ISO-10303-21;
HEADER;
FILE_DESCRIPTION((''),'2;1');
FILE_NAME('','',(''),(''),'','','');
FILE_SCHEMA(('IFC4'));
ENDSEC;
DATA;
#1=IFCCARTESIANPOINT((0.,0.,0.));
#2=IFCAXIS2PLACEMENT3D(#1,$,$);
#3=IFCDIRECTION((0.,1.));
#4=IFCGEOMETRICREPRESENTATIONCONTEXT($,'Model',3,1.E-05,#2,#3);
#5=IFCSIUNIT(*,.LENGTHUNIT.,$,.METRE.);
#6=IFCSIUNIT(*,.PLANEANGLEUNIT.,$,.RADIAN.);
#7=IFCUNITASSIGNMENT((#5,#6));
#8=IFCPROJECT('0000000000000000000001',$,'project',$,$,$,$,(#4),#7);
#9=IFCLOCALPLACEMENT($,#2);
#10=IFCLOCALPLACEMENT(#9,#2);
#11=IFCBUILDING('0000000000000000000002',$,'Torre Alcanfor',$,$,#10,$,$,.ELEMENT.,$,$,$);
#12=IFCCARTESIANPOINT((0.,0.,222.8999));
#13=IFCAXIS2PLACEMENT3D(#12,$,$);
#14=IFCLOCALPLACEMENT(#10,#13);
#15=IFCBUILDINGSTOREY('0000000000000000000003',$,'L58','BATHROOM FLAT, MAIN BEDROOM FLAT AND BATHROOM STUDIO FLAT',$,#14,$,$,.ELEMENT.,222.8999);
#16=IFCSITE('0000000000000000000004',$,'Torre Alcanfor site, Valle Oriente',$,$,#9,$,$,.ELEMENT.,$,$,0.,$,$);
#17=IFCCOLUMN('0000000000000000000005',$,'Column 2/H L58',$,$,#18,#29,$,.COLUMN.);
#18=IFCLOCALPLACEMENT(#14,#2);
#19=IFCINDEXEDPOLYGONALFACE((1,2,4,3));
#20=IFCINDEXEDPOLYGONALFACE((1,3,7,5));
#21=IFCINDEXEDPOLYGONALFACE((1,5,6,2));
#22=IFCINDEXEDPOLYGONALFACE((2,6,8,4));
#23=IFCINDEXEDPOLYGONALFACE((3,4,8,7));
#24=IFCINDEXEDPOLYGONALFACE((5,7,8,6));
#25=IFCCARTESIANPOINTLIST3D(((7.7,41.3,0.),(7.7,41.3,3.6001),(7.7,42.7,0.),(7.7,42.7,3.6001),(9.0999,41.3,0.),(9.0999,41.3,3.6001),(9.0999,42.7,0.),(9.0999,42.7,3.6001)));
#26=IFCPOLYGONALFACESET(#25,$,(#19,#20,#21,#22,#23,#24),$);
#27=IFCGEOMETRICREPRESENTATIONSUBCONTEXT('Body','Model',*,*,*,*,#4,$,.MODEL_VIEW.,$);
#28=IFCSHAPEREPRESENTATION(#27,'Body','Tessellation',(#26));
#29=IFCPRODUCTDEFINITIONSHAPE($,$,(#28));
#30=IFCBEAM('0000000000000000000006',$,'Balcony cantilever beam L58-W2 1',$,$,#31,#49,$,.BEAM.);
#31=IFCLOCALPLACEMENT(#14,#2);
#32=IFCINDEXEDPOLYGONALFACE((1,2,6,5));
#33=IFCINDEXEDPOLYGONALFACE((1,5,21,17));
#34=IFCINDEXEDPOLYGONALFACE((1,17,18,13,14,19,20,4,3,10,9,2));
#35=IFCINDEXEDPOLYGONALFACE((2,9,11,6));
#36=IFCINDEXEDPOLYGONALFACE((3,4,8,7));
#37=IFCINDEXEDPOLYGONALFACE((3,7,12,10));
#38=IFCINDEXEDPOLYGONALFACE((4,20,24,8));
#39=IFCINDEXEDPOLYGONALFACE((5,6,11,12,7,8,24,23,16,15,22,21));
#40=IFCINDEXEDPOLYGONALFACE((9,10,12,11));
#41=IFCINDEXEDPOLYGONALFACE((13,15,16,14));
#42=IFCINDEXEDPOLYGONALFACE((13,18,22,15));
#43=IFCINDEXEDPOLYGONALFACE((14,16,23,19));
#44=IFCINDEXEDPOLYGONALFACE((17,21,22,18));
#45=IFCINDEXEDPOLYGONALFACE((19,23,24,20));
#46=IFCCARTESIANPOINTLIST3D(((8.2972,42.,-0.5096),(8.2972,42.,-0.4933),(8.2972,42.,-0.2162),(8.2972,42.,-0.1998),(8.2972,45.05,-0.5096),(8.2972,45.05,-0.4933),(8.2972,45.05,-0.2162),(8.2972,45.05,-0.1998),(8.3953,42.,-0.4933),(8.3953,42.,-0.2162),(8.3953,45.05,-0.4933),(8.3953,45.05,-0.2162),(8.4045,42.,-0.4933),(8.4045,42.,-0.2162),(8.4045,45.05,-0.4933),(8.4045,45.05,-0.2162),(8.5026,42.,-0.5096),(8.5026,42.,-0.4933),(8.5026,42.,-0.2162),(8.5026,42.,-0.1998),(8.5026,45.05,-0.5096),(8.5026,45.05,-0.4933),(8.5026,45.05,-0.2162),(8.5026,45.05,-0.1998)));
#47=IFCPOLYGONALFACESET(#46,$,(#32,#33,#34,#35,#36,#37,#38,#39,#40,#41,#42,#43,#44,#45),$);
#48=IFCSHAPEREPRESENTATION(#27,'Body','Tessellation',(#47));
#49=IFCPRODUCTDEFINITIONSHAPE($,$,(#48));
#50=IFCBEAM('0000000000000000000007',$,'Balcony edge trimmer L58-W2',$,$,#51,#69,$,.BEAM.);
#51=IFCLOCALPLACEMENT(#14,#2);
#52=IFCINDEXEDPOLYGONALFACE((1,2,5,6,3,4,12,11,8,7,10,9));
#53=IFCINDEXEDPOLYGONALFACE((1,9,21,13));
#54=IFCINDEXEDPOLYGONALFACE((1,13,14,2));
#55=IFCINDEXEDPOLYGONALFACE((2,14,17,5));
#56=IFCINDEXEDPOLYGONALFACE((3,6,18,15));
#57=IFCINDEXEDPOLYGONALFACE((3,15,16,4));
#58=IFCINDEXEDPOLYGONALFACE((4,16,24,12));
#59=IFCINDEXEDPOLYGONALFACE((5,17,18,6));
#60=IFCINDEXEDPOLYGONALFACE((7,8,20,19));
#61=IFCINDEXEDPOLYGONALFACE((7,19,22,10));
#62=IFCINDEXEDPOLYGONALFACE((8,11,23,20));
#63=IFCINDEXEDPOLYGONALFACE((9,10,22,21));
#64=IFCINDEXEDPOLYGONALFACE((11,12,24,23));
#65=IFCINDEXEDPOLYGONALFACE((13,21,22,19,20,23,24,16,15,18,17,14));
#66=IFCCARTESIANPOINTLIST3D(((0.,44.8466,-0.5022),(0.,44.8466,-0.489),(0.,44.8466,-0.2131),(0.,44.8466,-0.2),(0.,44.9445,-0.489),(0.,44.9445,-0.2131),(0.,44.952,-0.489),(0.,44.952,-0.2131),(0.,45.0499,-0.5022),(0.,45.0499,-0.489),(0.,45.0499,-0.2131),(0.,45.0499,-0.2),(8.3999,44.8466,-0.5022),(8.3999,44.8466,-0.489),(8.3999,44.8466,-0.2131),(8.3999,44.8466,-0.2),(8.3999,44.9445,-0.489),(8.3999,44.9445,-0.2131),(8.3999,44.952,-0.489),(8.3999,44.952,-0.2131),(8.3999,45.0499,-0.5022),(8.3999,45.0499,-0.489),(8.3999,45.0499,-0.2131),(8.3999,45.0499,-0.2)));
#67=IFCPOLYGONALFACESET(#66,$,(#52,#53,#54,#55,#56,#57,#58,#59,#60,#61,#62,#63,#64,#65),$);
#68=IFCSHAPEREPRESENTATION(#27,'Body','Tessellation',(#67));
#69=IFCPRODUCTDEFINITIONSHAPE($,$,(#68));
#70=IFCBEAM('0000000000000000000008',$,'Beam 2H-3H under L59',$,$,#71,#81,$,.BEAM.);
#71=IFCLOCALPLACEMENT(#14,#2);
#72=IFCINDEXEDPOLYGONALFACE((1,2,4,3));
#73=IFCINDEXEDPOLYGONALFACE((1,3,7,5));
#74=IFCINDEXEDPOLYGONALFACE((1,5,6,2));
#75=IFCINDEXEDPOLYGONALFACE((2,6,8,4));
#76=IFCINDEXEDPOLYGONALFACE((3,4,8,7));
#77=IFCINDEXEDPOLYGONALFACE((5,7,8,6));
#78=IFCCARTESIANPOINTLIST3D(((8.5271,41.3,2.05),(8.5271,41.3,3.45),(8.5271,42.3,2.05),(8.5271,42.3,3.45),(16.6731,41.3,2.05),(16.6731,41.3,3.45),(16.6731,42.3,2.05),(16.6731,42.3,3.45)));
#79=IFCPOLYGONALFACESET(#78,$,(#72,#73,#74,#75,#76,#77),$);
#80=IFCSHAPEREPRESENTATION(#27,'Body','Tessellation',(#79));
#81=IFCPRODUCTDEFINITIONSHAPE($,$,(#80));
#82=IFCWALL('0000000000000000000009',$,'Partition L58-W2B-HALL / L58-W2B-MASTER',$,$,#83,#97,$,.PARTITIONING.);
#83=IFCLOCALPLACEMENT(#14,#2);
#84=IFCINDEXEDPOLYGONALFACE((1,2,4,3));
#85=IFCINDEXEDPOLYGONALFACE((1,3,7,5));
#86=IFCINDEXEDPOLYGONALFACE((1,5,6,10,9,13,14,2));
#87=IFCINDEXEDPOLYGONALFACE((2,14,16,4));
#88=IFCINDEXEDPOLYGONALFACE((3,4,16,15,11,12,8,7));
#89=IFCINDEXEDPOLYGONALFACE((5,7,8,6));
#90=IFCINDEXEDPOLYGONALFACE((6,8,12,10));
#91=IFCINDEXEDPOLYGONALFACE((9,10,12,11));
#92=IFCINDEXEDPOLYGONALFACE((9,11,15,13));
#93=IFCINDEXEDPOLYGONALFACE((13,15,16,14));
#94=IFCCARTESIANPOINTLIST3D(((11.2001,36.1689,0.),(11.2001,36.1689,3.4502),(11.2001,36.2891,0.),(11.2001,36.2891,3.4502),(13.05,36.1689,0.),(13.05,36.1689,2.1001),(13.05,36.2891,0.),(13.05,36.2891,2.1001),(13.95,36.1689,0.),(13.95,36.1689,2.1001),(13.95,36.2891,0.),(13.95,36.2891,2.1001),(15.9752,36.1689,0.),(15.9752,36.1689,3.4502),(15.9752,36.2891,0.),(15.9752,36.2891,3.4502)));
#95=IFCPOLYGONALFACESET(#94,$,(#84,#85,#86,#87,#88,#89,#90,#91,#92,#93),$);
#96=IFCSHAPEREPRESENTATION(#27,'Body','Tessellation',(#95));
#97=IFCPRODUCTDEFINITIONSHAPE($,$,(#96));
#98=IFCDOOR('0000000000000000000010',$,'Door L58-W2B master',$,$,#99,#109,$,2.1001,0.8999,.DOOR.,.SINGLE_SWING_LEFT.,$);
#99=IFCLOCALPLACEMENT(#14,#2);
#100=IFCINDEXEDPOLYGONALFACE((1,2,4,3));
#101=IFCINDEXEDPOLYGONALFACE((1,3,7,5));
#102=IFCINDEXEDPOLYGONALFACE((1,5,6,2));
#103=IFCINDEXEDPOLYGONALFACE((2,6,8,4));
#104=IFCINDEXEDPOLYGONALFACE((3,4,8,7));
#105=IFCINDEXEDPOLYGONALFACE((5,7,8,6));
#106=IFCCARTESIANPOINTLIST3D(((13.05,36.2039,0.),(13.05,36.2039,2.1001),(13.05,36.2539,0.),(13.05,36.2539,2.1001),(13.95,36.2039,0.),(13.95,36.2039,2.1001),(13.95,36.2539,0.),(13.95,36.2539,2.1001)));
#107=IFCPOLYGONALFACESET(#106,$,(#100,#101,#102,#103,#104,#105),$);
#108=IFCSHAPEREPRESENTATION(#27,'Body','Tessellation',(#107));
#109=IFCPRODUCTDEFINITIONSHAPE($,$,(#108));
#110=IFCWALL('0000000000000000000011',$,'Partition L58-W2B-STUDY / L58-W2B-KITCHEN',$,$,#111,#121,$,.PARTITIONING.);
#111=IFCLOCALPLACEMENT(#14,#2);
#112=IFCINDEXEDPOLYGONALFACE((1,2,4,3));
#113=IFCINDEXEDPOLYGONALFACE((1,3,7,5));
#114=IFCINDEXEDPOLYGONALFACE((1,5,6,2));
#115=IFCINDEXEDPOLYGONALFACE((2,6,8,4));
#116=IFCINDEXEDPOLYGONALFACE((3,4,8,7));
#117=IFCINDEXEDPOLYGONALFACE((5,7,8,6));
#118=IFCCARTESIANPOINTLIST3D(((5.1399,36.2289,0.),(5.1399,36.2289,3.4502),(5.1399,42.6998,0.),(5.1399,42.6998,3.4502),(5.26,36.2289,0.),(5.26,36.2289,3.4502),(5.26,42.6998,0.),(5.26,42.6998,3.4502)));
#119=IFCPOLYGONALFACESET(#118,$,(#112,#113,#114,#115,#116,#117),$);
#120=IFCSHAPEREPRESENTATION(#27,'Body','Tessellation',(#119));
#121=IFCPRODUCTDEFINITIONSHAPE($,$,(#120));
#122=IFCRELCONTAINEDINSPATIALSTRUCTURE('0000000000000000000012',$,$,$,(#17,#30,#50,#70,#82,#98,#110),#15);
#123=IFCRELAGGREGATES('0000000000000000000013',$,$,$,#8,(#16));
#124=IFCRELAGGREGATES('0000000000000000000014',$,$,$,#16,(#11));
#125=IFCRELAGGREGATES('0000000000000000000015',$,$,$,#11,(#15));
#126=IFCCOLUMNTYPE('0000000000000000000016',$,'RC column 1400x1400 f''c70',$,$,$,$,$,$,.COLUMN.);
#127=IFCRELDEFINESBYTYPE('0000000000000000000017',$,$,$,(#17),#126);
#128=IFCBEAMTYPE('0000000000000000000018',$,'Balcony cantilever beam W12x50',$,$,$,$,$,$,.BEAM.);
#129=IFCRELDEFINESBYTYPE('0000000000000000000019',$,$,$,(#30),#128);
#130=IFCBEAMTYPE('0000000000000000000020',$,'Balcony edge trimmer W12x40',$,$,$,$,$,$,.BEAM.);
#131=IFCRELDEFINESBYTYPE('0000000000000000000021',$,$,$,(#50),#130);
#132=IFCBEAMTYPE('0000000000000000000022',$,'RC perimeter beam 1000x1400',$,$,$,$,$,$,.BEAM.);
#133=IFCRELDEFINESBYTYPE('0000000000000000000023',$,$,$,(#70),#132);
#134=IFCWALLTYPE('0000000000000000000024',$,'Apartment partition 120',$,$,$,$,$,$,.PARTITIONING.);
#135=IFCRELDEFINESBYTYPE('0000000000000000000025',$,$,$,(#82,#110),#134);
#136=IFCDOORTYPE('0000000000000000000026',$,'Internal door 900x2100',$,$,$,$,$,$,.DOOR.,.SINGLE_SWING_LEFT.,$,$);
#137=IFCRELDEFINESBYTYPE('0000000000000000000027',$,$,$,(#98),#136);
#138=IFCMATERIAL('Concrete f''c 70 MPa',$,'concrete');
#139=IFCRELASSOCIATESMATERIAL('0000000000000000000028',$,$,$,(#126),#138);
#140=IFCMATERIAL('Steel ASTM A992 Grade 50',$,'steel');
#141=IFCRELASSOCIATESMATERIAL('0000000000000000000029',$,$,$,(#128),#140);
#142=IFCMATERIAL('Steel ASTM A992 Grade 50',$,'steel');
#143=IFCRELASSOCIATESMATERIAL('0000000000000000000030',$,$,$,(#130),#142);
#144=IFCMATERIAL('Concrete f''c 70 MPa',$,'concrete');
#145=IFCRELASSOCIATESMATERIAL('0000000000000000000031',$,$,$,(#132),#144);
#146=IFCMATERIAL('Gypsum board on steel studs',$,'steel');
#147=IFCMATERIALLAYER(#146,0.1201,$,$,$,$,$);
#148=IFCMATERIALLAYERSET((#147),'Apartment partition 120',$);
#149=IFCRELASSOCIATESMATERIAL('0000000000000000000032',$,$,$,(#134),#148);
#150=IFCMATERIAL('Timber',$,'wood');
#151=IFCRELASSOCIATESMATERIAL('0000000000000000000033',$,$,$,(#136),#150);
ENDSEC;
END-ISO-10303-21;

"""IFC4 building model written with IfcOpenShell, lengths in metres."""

from ifc_helpers import new_model, si_unit, direction, frame, frame_2d, origin, origin_2d, place, context, subcontext, project, spatial, rectangle, i_section, extrude, material, layer, layer_set, material_profile, profile_set, type_object, element, fill, save


model = new_model("IFC4")

# Units and contexts
model_context = context("Model", 3, precision=1e-05, world=origin(), true_north=direction((0.0, 1.0)))
body_context = subcontext(model_context, "Body", "Model", "MODEL_VIEW")
ifc_project = project(units=[si_unit("LENGTHUNIT", "METRE"), si_unit("PLANEANGLEUNIT", "RADIAN")], contexts=[model_context])

# Site, building, storey
site_placement = place(None, origin())
site = spatial("IfcSite", under=ifc_project, at=site_placement, Name="Torre Alcanfor site, Valle Oriente", CompositionType="ELEMENT", RefElevation=0.0)
building_placement = place(site_placement, origin())
building = spatial("IfcBuilding", under=site, at=building_placement, Name="Torre Alcanfor", CompositionType="ELEMENT")
storey_placement = place(building_placement, frame((0.0, 0.0, 222.8999)))
storey = spatial("IfcBuildingStorey", under=building, at=storey_placement, Name="L58", Description="BATHROOM FLAT, MAIN BEDROOM FLAT AND BATHROOM STUDIO FLAT", CompositionType="ELEMENT", Elevation=222.8999)

# Column
ifc_material_1 = material(Name="Concrete f'c 70 MPa", Category="concrete")
ifc_material_profile_1 = material_profile(ifc_material_1, rectangle(XDim=1.3999, YDim=1.3999, at=origin_2d()), Name="1400x1400")
ifc_profile_set_1 = profile_set([ifc_material_profile_1], Name="Concrete f'c 70 MPa")
column_type = type_object("IfcColumnType", Name="RC column 1400x1400 f'c70", PredefinedType="COLUMN", material=ifc_profile_set_1)
column_placement = place(storey_placement, frame((8.3999, 42.0, 0.0), z_axis=(0.0, 0.0, 1.0), x_axis=(1.0, 0.0, 0.0)))
element("IfcColumn", 1, at=column_placement, inside=storey, type_object=column_type, Name="Column 2/H L58", PredefinedType="COLUMN", context=body_context, shape_type="SweptSolid", body=[
    extrude(rectangle(XDim=1.3999, YDim=1.3999, at=origin_2d()), origin(), (0.0, 0.0, 1.0), 3.6001),
])

# Beams
ifc_material_2 = material(Name="Steel ASTM A992 Grade 50", Category="steel")
ifc_material_profile_2 = material_profile(ifc_material_2, i_section(OverallWidth=0.2053, OverallDepth=0.3098, WebThickness=0.0093, FlangeThickness=0.0164, at=origin_2d()), Name="W12x50")
ifc_profile_set_2 = profile_set([ifc_material_profile_2], Name="Steel ASTM A992 Grade 50")
beam_type_1 = type_object("IfcBeamType", Name="Balcony cantilever beam W12x50", PredefinedType="BEAM", material=ifc_profile_set_2)
beam_1_placement = place(storey_placement, frame((8.3999, 42.0, -0.3547), z_axis=(0.0, 1.0, 0.0), x_axis=(-1.0, 0.0, 0.0)))
element("IfcBeam", 2, at=beam_1_placement, inside=storey, type_object=beam_type_1, Name="Balcony cantilever beam L58-W2 1", PredefinedType="BEAM", context=body_context, shape_type="SweptSolid", body=[
    extrude(i_section(OverallWidth=0.2053, OverallDepth=0.3098, WebThickness=0.0093, FlangeThickness=0.0164, at=origin_2d()), origin(), (0.0, 0.0, 1.0), 3.05),
])
ifc_material_3 = material(Name="Steel ASTM A992 Grade 50", Category="steel")
ifc_material_profile_3 = material_profile(ifc_material_3, i_section(OverallWidth=0.2034, OverallDepth=0.3022, WebThickness=0.0076, FlangeThickness=0.0132, at=origin_2d()), Name="W12x40")
ifc_profile_set_3 = profile_set([ifc_material_profile_3], Name="Steel ASTM A992 Grade 50")
beam_type_2 = type_object("IfcBeamType", Name="Balcony edge trimmer W12x40", PredefinedType="BEAM", material=ifc_profile_set_3)
beam_2_placement = place(storey_placement, frame((8.3999, 44.9482, -0.3511), z_axis=(-1.0, 0.0, 0.0), x_axis=(0.0, -1.0, 0.0)))
element("IfcBeam", 3, at=beam_2_placement, inside=storey, type_object=beam_type_2, Name="Balcony edge trimmer L58-W2", PredefinedType="BEAM", context=body_context, shape_type="SweptSolid", body=[
    extrude(i_section(OverallWidth=0.2034, OverallDepth=0.3022, WebThickness=0.0076, FlangeThickness=0.0132, at=origin_2d()), origin(), (0.0, 0.0, 1.0), 8.3999),
])
ifc_material_4 = material(Name="Concrete f'c 70 MPa", Category="concrete")
ifc_material_profile_4 = material_profile(ifc_material_4, rectangle(XDim=1.0, YDim=1.3999, at=origin_2d()), Name="1000x1400")
ifc_profile_set_4 = profile_set([ifc_material_profile_4], Name="Concrete f'c 70 MPa")
beam_type_3 = type_object("IfcBeamType", Name="RC perimeter beam 1000x1400", PredefinedType="BEAM", material=ifc_profile_set_4)
beam_3_placement = place(storey_placement, frame((8.5271, 41.8, 2.75), z_axis=(1.0, 0.0, 0.0), x_axis=(0.0, 1.0, 0.0)))
element("IfcBeam", 4, at=beam_3_placement, inside=storey, type_object=beam_type_3, Name="Beam 2H-3H under L59", PredefinedType="BEAM", context=body_context, shape_type="SweptSolid", body=[
    extrude(rectangle(XDim=1.0, YDim=1.3999, at=origin_2d()), origin(), (0.0, 0.0, 1.0), 8.146),
])

# Wall, opening, door
ifc_material_5 = material(Name="Gypsum board on steel studs", Category="steel")
ifc_layer_1 = layer(ifc_material_5, 0.1201)
ifc_layer_set_1 = layer_set([ifc_layer_1], Name="Apartment partition 120")
wall_type_1 = type_object("IfcWallType", Name="Apartment partition 120", PredefinedType="PARTITIONING", material=ifc_layer_set_1)
wall_1_placement = place(storey_placement, frame((11.2, 36.229, 0.0), z_axis=(0.0, 0.0, 1.0), x_axis=(1.0, 0.0, 0.0)))
wall_1 = element("IfcWall", 5, at=wall_1_placement, inside=storey, type_object=wall_type_1, Name="Partition L58-W2B-HALL / L58-W2B-MASTER", PredefinedType="PARTITIONING", context=body_context, shape_type="SweptSolid", body=[
    extrude(rectangle(XDim=4.7751, YDim=0.1201, at=frame_2d((2.3877, 0.0))), origin(), (0.0, 0.0, 1.0), 3.4502),
])
opening_1_placement = place(wall_1_placement, frame((1.8501, 0.0, 0.0)))
opening_1 = element("IfcOpeningElement", 6, at=opening_1_placement, cuts=wall_1, PredefinedType="OPENING", context=body_context, shape_type="SweptSolid", body=[
    extrude(rectangle(XDim=0.8999, YDim=2.1001, at=frame_2d((0.45, 1.05))), frame((0.0, 0.0701, 0.0), z_axis=(0.0, -1.0, 0.0), x_axis=(1.0, 0.0, 0.0)), (0.0, 0.0, 1.0), 0.1401),
])
ifc_material_6 = material(Name="Timber", Category="wood")
door_type_1 = type_object("IfcDoorType", Name="Internal door 900x2100", OperationType="SINGLE_SWING_LEFT", PredefinedType="DOOR", material=ifc_material_6)
door_1_placement = place(opening_1_placement, origin())
door_1 = element("IfcDoor", 7, at=door_1_placement, inside=storey, type_object=door_type_1, Name="Door L58-W2B master", OperationType="SINGLE_SWING_LEFT", OverallHeight=2.1001, OverallWidth=0.8999, PredefinedType="DOOR", context=body_context, shape_type="SweptSolid", body=[
    extrude(rectangle(XDim=0.8999, YDim=2.1001, at=frame_2d((0.45, 1.05))), frame((0.0, 0.0249, 0.0), z_axis=(0.0, -1.0, 0.0), x_axis=(1.0, 0.0, 0.0)), (0.0, 0.0, 1.0), 0.05),
])
fill(opening_1, door_1)

# Wall
wall_2_placement = place(storey_placement, frame((5.2, 36.229, 0.0), z_axis=(0.0, 0.0, 1.0), x_axis=(0.0, 1.0, 0.0)))
element("IfcWall", 8, at=wall_2_placement, inside=storey, type_object=wall_type_1, Name="Partition L58-W2B-STUDY / L58-W2B-KITCHEN", PredefinedType="PARTITIONING", context=body_context, shape_type="SweptSolid", body=[
    extrude(rectangle(XDim=6.4709, YDim=0.1201, at=frame_2d((3.2354, 0.0))), origin(), (0.0, 0.0, 1.0), 3.4502),
])

save(model, "model.ifc")
